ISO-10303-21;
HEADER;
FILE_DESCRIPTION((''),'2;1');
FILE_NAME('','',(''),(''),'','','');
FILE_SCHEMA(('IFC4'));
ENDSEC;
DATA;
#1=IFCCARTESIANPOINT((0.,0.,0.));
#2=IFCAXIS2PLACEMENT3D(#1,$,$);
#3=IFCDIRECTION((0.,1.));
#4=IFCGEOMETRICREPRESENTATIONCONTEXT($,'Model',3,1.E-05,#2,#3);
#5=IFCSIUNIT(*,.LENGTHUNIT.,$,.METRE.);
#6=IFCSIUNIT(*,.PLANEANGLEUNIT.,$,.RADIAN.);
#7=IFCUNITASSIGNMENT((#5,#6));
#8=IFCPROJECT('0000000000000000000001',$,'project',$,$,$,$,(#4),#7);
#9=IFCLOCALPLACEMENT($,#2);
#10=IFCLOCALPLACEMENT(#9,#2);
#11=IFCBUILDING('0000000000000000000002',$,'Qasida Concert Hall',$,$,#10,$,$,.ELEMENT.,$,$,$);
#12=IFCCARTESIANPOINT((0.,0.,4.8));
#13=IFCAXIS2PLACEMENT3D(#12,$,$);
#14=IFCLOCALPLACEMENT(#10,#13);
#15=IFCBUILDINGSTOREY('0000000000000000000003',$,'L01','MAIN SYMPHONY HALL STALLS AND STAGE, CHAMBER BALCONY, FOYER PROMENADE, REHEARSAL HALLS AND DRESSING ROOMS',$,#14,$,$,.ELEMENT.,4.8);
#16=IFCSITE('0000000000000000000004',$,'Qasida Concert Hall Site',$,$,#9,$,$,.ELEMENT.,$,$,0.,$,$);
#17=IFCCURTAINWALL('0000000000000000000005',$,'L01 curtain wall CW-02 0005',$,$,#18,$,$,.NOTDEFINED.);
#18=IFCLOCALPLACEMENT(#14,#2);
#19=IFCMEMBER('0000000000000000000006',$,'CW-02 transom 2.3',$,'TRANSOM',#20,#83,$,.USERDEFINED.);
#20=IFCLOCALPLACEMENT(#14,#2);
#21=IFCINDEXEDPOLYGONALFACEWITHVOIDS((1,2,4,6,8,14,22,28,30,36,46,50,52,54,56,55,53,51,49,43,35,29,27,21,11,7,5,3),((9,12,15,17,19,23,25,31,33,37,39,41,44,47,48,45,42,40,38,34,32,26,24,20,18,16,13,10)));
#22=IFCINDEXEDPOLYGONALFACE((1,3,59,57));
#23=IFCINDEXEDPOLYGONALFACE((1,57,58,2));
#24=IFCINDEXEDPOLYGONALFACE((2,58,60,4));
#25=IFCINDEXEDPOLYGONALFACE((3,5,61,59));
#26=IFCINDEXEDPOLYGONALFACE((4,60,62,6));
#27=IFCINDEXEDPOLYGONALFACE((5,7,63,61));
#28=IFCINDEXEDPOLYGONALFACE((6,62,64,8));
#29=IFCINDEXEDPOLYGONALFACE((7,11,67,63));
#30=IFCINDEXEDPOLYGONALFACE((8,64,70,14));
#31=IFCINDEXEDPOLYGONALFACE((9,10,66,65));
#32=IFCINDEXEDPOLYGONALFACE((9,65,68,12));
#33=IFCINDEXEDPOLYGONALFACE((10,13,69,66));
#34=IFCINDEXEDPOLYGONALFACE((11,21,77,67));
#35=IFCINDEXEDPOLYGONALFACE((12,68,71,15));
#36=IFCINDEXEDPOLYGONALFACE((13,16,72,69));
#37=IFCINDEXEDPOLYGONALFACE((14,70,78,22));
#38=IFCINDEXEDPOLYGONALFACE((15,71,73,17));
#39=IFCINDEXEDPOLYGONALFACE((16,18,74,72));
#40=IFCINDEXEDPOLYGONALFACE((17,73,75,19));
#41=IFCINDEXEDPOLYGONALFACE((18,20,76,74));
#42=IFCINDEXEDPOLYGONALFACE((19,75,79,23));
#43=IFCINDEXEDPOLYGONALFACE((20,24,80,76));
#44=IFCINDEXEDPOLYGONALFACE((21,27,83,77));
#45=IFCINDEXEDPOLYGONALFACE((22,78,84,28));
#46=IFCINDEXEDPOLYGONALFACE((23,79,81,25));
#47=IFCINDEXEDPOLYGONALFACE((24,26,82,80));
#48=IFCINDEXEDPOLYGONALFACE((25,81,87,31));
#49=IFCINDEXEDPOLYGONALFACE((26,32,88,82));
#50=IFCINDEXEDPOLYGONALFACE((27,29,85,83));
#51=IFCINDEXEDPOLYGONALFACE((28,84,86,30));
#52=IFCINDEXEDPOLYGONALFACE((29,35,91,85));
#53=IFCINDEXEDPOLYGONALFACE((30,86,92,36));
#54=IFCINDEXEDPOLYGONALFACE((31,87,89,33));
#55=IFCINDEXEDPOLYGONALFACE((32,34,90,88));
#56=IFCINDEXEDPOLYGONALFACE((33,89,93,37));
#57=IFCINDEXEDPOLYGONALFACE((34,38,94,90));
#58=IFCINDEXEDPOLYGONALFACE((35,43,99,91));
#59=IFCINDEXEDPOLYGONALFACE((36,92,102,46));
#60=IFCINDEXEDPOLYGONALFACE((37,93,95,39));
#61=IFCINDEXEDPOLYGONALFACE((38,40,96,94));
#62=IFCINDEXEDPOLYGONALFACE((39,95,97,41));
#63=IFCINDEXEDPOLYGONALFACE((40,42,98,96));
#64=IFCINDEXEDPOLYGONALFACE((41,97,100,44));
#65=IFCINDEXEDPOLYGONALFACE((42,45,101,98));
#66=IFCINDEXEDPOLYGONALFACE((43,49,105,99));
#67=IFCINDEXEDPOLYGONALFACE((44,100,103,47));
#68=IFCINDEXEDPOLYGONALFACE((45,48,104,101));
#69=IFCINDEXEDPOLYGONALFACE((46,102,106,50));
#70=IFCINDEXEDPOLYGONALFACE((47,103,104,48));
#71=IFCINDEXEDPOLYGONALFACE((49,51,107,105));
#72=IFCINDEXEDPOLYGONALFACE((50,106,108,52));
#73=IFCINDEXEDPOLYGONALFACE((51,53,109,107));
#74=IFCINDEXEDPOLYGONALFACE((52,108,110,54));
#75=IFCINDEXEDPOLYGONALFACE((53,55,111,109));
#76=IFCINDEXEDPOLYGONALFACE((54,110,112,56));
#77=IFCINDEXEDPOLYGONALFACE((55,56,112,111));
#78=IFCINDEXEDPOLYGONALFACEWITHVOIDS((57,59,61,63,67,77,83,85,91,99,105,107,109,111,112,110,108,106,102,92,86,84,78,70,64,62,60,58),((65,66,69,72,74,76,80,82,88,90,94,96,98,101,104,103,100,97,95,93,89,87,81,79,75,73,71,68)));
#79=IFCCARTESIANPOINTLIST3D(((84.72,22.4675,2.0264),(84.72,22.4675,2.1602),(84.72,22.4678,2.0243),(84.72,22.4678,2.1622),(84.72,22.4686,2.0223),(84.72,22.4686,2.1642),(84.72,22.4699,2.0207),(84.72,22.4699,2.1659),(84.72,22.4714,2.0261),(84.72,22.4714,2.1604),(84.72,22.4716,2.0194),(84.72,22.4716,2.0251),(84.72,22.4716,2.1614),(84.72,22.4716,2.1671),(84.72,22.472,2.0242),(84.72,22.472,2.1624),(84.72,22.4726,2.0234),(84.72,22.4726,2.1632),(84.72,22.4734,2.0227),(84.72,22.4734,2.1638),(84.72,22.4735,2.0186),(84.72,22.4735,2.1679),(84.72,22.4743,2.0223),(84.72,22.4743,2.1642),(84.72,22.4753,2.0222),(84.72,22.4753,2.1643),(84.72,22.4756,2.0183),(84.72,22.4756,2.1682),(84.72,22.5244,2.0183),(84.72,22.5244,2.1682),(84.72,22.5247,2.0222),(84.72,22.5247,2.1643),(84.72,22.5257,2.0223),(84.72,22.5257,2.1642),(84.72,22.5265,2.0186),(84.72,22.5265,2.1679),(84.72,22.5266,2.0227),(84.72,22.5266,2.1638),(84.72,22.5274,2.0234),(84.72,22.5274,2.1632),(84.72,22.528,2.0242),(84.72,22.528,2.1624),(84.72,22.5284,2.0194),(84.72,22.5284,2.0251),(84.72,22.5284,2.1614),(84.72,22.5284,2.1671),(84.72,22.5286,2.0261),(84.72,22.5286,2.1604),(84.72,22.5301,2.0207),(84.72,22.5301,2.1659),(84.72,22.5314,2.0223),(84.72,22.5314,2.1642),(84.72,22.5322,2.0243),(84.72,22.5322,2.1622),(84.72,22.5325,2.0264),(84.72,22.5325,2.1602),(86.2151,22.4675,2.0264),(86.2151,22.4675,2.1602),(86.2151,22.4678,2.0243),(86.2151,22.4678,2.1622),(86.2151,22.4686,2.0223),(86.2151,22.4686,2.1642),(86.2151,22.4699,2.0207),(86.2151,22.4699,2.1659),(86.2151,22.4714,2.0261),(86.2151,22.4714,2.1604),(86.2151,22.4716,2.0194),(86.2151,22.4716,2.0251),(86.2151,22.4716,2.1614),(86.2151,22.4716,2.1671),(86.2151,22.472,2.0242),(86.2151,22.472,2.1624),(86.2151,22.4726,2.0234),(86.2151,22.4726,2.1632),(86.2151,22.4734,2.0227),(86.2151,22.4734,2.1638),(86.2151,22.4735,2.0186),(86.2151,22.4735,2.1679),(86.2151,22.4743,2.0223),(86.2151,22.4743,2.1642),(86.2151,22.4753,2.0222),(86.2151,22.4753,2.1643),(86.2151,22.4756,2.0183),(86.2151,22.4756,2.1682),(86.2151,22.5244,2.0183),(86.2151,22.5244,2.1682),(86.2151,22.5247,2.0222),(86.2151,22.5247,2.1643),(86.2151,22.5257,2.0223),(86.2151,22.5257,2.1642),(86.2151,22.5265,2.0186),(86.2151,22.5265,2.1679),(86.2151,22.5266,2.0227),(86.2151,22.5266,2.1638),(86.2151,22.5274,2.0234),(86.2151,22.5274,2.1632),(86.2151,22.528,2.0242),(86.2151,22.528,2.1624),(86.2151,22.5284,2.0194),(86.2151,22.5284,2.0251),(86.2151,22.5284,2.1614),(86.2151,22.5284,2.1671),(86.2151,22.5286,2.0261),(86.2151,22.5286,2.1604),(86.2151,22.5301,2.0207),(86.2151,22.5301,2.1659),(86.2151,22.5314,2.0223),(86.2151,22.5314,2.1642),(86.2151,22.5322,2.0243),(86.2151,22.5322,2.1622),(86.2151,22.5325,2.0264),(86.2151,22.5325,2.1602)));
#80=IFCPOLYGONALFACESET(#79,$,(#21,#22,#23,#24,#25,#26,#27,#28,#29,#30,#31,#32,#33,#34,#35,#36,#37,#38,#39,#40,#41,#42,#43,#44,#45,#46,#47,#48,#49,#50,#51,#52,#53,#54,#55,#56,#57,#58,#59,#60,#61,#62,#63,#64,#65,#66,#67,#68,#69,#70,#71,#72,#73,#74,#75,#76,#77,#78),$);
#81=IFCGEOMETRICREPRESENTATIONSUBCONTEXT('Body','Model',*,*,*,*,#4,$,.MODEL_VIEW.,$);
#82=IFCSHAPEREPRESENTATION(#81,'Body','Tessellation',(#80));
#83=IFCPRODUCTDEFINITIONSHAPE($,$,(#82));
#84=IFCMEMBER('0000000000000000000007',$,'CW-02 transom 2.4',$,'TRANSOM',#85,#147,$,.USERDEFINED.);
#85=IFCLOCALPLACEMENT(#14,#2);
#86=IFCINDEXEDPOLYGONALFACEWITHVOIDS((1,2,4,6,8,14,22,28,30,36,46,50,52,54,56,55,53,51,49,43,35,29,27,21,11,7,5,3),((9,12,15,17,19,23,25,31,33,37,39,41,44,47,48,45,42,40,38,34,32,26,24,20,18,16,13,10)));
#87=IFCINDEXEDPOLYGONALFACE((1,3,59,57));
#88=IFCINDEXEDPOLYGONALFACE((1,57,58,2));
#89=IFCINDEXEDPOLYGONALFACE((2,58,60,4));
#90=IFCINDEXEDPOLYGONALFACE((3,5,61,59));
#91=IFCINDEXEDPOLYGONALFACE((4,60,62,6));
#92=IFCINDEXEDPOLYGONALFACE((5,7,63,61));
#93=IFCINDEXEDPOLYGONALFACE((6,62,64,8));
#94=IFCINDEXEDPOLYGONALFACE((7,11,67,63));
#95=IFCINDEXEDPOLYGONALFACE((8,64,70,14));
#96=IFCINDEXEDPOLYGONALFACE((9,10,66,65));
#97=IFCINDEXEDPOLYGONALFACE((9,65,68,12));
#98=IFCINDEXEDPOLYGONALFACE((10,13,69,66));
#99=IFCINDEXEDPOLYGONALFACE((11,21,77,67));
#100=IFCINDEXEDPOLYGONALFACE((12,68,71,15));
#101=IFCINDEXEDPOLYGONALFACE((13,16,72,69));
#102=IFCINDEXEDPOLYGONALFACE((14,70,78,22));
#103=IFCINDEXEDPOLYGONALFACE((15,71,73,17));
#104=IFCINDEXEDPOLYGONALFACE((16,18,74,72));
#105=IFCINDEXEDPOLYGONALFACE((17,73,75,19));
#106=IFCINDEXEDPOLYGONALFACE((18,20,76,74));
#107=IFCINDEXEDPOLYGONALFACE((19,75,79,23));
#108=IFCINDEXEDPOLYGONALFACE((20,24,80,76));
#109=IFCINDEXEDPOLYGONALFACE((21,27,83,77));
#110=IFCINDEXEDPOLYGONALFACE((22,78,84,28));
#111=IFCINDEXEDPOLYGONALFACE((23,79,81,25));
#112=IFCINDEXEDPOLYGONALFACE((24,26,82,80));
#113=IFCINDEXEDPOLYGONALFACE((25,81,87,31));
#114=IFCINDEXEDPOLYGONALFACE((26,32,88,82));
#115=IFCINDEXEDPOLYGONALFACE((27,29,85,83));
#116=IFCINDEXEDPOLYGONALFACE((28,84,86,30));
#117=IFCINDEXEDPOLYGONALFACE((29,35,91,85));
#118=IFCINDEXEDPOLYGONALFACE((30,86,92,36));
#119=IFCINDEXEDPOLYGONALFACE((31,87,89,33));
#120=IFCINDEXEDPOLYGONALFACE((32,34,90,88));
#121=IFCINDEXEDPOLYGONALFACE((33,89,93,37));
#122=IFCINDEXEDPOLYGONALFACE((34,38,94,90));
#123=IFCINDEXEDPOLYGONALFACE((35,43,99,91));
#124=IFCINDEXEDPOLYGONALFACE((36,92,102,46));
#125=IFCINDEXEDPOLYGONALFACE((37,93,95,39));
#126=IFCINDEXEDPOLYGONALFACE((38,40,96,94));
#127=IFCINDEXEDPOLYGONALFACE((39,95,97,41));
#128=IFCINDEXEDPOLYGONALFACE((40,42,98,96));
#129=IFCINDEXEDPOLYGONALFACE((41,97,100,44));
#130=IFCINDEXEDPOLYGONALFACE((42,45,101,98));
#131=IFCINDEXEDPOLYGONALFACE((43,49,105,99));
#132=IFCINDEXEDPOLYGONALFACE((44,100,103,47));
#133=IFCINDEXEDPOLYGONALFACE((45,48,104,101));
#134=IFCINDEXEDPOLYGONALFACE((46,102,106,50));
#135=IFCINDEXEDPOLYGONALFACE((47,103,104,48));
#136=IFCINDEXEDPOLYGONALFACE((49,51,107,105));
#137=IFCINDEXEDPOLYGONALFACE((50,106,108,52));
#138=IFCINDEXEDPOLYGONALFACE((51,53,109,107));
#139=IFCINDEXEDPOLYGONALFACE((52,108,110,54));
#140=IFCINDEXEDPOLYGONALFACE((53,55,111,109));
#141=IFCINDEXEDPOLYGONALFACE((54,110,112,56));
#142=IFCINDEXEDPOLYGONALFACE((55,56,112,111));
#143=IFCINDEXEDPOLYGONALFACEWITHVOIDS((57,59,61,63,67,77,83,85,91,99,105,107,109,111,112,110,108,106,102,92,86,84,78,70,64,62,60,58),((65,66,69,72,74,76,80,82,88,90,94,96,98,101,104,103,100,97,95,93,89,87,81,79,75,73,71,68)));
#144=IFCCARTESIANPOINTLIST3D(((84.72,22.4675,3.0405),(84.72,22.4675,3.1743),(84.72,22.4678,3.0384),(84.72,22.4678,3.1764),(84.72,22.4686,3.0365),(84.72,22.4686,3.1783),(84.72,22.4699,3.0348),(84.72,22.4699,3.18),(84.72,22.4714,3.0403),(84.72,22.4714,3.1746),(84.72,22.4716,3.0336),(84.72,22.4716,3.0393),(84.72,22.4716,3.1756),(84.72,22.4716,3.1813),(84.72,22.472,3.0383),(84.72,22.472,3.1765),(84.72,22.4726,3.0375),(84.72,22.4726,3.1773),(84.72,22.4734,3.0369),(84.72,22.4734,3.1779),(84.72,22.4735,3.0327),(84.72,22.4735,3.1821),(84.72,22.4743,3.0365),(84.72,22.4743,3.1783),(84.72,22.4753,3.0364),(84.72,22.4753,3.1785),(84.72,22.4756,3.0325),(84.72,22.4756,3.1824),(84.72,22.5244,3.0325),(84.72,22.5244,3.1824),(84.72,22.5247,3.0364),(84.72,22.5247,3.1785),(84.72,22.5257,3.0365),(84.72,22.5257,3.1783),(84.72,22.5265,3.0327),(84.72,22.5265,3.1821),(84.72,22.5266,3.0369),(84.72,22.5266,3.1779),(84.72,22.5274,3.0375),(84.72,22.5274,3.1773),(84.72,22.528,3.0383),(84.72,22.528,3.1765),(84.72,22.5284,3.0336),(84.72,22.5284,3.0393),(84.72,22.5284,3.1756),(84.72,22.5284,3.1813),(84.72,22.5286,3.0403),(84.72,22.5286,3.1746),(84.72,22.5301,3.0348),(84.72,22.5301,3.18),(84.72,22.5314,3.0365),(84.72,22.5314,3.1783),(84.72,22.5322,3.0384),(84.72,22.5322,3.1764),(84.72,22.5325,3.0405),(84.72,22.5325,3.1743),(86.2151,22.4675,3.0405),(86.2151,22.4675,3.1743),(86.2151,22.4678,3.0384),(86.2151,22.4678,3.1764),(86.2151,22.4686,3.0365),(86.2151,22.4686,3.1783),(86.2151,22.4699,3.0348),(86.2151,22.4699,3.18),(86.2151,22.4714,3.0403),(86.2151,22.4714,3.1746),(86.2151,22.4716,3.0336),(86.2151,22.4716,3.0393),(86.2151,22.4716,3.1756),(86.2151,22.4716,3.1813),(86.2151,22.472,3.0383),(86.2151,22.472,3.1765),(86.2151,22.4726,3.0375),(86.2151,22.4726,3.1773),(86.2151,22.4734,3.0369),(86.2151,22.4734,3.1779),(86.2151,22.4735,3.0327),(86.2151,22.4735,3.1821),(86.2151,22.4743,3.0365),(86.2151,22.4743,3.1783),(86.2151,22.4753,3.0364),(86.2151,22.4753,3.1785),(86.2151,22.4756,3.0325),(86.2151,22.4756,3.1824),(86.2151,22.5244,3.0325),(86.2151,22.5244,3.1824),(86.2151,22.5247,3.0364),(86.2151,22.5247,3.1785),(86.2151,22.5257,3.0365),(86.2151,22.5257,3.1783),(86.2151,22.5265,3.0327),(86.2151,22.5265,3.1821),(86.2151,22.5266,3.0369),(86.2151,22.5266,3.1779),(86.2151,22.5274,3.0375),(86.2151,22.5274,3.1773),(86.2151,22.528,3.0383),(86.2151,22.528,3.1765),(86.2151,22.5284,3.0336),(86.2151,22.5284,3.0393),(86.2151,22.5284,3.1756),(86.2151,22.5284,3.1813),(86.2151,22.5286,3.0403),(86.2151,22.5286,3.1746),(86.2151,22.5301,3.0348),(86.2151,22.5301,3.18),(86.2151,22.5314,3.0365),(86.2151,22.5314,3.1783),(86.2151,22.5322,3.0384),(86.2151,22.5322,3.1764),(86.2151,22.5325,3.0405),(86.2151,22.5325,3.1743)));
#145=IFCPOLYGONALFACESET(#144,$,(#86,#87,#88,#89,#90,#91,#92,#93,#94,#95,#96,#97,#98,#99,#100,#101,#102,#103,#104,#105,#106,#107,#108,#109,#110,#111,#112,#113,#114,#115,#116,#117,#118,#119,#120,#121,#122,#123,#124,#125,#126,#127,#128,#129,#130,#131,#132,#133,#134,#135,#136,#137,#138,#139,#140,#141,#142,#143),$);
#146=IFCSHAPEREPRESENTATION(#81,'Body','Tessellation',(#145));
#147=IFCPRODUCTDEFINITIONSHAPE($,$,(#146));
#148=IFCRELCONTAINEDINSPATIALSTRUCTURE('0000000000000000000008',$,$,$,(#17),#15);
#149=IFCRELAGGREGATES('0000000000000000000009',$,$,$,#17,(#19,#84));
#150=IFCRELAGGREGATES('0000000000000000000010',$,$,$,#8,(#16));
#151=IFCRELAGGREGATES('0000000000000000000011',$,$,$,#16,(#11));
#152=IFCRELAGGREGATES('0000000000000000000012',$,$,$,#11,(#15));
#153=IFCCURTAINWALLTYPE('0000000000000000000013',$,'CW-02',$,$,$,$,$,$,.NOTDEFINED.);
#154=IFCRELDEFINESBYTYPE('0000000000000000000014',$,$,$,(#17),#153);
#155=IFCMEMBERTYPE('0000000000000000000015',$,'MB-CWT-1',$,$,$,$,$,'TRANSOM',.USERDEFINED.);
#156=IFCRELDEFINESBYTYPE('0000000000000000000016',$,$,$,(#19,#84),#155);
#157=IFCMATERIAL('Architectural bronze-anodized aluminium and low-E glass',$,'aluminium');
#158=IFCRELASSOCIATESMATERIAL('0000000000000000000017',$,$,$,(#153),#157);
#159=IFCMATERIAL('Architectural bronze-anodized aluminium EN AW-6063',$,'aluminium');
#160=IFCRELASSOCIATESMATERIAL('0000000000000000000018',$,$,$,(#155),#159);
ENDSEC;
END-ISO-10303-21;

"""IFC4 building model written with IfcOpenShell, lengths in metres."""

from ifc_helpers import new_model, si_unit, direction, frame, origin, origin_2d, place, context, subcontext, project, spatial, hollow_rectangle, extrude, material, material_profile, profile_set, type_object, element, aggregate, save


model = new_model("IFC4")

# Units and contexts
model_context = context("Model", 3, precision=1e-05, world=origin(), true_north=direction((0.0, 1.0)))
body_context = subcontext(model_context, "Body", "Model", "MODEL_VIEW")
ifc_project = project(units=[si_unit("LENGTHUNIT", "METRE"), si_unit("PLANEANGLEUNIT", "RADIAN")], contexts=[model_context])

# Site, building, storey
site_placement = place(None, origin())
site = spatial("IfcSite", under=ifc_project, at=site_placement, Name="Qasida Concert Hall Site", CompositionType="ELEMENT", RefElevation=0.0)
building_placement = place(site_placement, origin())
building = spatial("IfcBuilding", under=site, at=building_placement, Name="Qasida Concert Hall", CompositionType="ELEMENT")
storey_placement = place(building_placement, frame((0.0, 0.0, 4.8)))
storey = spatial("IfcBuildingStorey", under=building, at=storey_placement, Name="L01", Description="MAIN SYMPHONY HALL STALLS AND STAGE, CHAMBER BALCONY, FOYER PROMENADE, REHEARSAL HALLS AND DRESSING ROOMS", CompositionType="ELEMENT", Elevation=4.8)

# Curtain wall, members
ifc_material_1 = material(Name="Architectural bronze-anodized aluminium and low-E glass", Category="aluminium")
curtain_wall_type = type_object("IfcCurtainWallType", Name="CW-02", PredefinedType="NOTDEFINED", material=ifc_material_1)
curtain_wall_placement = place(storey_placement, origin())
curtain_wall = element("IfcCurtainWall", 1, at=curtain_wall_placement, inside=storey, type_object=curtain_wall_type, Name="L01 curtain wall CW-02 0005", PredefinedType="NOTDEFINED")
ifc_material_2 = material(Name="Architectural bronze-anodized aluminium EN AW-6063", Category="aluminium")
ifc_material_profile_1 = material_profile(ifc_material_2, hollow_rectangle(XDim=0.0649, YDim=0.1499, WallThickness=0.0039, InnerFilletRadius=0.0039, OuterFilletRadius=0.0081, at=origin_2d()), Name="CWT 150x65x4")
ifc_profile_set_1 = profile_set([ifc_material_profile_1], Name="Architectural bronze-anodized aluminium EN AW-6063")
member_type_1 = type_object("IfcMemberType", Name="MB-CWT-1", ElementType="TRANSOM", PredefinedType="USERDEFINED", material=ifc_profile_set_1)
member_1_placement = place(storey_placement, frame((84.72, 22.5, 2.0933), z_axis=(1.0, 0.0, 0.0), x_axis=(0.0, 1.0, 0.0)))
member_1 = element("IfcMember", 2, at=member_1_placement, type_object=member_type_1, Name="CW-02 transom 2.3", ObjectType="TRANSOM", PredefinedType="USERDEFINED", context=body_context, shape_type="SweptSolid", body=[
    extrude(hollow_rectangle(XDim=0.0649, YDim=0.1499, WallThickness=0.0039, InnerFilletRadius=0.0039, OuterFilletRadius=0.0081, at=origin_2d()), origin(), (0.0, 0.0, 1.0), 1.4951),
])
member_2_placement = place(storey_placement, frame((84.72, 22.5, 3.1074), z_axis=(1.0, 0.0, 0.0), x_axis=(0.0, 1.0, 0.0)))
member_2 = element("IfcMember", 3, at=member_2_placement, type_object=member_type_1, Name="CW-02 transom 2.4", ObjectType="TRANSOM", PredefinedType="USERDEFINED", context=body_context, shape_type="SweptSolid", body=[
    extrude(hollow_rectangle(XDim=0.0649, YDim=0.1499, WallThickness=0.0039, InnerFilletRadius=0.0039, OuterFilletRadius=0.0081, at=origin_2d()), origin(), (0.0, 0.0, 1.0), 1.4951),
])
aggregate(curtain_wall, [member_1, member_2])

save(model, "model.ifc")
